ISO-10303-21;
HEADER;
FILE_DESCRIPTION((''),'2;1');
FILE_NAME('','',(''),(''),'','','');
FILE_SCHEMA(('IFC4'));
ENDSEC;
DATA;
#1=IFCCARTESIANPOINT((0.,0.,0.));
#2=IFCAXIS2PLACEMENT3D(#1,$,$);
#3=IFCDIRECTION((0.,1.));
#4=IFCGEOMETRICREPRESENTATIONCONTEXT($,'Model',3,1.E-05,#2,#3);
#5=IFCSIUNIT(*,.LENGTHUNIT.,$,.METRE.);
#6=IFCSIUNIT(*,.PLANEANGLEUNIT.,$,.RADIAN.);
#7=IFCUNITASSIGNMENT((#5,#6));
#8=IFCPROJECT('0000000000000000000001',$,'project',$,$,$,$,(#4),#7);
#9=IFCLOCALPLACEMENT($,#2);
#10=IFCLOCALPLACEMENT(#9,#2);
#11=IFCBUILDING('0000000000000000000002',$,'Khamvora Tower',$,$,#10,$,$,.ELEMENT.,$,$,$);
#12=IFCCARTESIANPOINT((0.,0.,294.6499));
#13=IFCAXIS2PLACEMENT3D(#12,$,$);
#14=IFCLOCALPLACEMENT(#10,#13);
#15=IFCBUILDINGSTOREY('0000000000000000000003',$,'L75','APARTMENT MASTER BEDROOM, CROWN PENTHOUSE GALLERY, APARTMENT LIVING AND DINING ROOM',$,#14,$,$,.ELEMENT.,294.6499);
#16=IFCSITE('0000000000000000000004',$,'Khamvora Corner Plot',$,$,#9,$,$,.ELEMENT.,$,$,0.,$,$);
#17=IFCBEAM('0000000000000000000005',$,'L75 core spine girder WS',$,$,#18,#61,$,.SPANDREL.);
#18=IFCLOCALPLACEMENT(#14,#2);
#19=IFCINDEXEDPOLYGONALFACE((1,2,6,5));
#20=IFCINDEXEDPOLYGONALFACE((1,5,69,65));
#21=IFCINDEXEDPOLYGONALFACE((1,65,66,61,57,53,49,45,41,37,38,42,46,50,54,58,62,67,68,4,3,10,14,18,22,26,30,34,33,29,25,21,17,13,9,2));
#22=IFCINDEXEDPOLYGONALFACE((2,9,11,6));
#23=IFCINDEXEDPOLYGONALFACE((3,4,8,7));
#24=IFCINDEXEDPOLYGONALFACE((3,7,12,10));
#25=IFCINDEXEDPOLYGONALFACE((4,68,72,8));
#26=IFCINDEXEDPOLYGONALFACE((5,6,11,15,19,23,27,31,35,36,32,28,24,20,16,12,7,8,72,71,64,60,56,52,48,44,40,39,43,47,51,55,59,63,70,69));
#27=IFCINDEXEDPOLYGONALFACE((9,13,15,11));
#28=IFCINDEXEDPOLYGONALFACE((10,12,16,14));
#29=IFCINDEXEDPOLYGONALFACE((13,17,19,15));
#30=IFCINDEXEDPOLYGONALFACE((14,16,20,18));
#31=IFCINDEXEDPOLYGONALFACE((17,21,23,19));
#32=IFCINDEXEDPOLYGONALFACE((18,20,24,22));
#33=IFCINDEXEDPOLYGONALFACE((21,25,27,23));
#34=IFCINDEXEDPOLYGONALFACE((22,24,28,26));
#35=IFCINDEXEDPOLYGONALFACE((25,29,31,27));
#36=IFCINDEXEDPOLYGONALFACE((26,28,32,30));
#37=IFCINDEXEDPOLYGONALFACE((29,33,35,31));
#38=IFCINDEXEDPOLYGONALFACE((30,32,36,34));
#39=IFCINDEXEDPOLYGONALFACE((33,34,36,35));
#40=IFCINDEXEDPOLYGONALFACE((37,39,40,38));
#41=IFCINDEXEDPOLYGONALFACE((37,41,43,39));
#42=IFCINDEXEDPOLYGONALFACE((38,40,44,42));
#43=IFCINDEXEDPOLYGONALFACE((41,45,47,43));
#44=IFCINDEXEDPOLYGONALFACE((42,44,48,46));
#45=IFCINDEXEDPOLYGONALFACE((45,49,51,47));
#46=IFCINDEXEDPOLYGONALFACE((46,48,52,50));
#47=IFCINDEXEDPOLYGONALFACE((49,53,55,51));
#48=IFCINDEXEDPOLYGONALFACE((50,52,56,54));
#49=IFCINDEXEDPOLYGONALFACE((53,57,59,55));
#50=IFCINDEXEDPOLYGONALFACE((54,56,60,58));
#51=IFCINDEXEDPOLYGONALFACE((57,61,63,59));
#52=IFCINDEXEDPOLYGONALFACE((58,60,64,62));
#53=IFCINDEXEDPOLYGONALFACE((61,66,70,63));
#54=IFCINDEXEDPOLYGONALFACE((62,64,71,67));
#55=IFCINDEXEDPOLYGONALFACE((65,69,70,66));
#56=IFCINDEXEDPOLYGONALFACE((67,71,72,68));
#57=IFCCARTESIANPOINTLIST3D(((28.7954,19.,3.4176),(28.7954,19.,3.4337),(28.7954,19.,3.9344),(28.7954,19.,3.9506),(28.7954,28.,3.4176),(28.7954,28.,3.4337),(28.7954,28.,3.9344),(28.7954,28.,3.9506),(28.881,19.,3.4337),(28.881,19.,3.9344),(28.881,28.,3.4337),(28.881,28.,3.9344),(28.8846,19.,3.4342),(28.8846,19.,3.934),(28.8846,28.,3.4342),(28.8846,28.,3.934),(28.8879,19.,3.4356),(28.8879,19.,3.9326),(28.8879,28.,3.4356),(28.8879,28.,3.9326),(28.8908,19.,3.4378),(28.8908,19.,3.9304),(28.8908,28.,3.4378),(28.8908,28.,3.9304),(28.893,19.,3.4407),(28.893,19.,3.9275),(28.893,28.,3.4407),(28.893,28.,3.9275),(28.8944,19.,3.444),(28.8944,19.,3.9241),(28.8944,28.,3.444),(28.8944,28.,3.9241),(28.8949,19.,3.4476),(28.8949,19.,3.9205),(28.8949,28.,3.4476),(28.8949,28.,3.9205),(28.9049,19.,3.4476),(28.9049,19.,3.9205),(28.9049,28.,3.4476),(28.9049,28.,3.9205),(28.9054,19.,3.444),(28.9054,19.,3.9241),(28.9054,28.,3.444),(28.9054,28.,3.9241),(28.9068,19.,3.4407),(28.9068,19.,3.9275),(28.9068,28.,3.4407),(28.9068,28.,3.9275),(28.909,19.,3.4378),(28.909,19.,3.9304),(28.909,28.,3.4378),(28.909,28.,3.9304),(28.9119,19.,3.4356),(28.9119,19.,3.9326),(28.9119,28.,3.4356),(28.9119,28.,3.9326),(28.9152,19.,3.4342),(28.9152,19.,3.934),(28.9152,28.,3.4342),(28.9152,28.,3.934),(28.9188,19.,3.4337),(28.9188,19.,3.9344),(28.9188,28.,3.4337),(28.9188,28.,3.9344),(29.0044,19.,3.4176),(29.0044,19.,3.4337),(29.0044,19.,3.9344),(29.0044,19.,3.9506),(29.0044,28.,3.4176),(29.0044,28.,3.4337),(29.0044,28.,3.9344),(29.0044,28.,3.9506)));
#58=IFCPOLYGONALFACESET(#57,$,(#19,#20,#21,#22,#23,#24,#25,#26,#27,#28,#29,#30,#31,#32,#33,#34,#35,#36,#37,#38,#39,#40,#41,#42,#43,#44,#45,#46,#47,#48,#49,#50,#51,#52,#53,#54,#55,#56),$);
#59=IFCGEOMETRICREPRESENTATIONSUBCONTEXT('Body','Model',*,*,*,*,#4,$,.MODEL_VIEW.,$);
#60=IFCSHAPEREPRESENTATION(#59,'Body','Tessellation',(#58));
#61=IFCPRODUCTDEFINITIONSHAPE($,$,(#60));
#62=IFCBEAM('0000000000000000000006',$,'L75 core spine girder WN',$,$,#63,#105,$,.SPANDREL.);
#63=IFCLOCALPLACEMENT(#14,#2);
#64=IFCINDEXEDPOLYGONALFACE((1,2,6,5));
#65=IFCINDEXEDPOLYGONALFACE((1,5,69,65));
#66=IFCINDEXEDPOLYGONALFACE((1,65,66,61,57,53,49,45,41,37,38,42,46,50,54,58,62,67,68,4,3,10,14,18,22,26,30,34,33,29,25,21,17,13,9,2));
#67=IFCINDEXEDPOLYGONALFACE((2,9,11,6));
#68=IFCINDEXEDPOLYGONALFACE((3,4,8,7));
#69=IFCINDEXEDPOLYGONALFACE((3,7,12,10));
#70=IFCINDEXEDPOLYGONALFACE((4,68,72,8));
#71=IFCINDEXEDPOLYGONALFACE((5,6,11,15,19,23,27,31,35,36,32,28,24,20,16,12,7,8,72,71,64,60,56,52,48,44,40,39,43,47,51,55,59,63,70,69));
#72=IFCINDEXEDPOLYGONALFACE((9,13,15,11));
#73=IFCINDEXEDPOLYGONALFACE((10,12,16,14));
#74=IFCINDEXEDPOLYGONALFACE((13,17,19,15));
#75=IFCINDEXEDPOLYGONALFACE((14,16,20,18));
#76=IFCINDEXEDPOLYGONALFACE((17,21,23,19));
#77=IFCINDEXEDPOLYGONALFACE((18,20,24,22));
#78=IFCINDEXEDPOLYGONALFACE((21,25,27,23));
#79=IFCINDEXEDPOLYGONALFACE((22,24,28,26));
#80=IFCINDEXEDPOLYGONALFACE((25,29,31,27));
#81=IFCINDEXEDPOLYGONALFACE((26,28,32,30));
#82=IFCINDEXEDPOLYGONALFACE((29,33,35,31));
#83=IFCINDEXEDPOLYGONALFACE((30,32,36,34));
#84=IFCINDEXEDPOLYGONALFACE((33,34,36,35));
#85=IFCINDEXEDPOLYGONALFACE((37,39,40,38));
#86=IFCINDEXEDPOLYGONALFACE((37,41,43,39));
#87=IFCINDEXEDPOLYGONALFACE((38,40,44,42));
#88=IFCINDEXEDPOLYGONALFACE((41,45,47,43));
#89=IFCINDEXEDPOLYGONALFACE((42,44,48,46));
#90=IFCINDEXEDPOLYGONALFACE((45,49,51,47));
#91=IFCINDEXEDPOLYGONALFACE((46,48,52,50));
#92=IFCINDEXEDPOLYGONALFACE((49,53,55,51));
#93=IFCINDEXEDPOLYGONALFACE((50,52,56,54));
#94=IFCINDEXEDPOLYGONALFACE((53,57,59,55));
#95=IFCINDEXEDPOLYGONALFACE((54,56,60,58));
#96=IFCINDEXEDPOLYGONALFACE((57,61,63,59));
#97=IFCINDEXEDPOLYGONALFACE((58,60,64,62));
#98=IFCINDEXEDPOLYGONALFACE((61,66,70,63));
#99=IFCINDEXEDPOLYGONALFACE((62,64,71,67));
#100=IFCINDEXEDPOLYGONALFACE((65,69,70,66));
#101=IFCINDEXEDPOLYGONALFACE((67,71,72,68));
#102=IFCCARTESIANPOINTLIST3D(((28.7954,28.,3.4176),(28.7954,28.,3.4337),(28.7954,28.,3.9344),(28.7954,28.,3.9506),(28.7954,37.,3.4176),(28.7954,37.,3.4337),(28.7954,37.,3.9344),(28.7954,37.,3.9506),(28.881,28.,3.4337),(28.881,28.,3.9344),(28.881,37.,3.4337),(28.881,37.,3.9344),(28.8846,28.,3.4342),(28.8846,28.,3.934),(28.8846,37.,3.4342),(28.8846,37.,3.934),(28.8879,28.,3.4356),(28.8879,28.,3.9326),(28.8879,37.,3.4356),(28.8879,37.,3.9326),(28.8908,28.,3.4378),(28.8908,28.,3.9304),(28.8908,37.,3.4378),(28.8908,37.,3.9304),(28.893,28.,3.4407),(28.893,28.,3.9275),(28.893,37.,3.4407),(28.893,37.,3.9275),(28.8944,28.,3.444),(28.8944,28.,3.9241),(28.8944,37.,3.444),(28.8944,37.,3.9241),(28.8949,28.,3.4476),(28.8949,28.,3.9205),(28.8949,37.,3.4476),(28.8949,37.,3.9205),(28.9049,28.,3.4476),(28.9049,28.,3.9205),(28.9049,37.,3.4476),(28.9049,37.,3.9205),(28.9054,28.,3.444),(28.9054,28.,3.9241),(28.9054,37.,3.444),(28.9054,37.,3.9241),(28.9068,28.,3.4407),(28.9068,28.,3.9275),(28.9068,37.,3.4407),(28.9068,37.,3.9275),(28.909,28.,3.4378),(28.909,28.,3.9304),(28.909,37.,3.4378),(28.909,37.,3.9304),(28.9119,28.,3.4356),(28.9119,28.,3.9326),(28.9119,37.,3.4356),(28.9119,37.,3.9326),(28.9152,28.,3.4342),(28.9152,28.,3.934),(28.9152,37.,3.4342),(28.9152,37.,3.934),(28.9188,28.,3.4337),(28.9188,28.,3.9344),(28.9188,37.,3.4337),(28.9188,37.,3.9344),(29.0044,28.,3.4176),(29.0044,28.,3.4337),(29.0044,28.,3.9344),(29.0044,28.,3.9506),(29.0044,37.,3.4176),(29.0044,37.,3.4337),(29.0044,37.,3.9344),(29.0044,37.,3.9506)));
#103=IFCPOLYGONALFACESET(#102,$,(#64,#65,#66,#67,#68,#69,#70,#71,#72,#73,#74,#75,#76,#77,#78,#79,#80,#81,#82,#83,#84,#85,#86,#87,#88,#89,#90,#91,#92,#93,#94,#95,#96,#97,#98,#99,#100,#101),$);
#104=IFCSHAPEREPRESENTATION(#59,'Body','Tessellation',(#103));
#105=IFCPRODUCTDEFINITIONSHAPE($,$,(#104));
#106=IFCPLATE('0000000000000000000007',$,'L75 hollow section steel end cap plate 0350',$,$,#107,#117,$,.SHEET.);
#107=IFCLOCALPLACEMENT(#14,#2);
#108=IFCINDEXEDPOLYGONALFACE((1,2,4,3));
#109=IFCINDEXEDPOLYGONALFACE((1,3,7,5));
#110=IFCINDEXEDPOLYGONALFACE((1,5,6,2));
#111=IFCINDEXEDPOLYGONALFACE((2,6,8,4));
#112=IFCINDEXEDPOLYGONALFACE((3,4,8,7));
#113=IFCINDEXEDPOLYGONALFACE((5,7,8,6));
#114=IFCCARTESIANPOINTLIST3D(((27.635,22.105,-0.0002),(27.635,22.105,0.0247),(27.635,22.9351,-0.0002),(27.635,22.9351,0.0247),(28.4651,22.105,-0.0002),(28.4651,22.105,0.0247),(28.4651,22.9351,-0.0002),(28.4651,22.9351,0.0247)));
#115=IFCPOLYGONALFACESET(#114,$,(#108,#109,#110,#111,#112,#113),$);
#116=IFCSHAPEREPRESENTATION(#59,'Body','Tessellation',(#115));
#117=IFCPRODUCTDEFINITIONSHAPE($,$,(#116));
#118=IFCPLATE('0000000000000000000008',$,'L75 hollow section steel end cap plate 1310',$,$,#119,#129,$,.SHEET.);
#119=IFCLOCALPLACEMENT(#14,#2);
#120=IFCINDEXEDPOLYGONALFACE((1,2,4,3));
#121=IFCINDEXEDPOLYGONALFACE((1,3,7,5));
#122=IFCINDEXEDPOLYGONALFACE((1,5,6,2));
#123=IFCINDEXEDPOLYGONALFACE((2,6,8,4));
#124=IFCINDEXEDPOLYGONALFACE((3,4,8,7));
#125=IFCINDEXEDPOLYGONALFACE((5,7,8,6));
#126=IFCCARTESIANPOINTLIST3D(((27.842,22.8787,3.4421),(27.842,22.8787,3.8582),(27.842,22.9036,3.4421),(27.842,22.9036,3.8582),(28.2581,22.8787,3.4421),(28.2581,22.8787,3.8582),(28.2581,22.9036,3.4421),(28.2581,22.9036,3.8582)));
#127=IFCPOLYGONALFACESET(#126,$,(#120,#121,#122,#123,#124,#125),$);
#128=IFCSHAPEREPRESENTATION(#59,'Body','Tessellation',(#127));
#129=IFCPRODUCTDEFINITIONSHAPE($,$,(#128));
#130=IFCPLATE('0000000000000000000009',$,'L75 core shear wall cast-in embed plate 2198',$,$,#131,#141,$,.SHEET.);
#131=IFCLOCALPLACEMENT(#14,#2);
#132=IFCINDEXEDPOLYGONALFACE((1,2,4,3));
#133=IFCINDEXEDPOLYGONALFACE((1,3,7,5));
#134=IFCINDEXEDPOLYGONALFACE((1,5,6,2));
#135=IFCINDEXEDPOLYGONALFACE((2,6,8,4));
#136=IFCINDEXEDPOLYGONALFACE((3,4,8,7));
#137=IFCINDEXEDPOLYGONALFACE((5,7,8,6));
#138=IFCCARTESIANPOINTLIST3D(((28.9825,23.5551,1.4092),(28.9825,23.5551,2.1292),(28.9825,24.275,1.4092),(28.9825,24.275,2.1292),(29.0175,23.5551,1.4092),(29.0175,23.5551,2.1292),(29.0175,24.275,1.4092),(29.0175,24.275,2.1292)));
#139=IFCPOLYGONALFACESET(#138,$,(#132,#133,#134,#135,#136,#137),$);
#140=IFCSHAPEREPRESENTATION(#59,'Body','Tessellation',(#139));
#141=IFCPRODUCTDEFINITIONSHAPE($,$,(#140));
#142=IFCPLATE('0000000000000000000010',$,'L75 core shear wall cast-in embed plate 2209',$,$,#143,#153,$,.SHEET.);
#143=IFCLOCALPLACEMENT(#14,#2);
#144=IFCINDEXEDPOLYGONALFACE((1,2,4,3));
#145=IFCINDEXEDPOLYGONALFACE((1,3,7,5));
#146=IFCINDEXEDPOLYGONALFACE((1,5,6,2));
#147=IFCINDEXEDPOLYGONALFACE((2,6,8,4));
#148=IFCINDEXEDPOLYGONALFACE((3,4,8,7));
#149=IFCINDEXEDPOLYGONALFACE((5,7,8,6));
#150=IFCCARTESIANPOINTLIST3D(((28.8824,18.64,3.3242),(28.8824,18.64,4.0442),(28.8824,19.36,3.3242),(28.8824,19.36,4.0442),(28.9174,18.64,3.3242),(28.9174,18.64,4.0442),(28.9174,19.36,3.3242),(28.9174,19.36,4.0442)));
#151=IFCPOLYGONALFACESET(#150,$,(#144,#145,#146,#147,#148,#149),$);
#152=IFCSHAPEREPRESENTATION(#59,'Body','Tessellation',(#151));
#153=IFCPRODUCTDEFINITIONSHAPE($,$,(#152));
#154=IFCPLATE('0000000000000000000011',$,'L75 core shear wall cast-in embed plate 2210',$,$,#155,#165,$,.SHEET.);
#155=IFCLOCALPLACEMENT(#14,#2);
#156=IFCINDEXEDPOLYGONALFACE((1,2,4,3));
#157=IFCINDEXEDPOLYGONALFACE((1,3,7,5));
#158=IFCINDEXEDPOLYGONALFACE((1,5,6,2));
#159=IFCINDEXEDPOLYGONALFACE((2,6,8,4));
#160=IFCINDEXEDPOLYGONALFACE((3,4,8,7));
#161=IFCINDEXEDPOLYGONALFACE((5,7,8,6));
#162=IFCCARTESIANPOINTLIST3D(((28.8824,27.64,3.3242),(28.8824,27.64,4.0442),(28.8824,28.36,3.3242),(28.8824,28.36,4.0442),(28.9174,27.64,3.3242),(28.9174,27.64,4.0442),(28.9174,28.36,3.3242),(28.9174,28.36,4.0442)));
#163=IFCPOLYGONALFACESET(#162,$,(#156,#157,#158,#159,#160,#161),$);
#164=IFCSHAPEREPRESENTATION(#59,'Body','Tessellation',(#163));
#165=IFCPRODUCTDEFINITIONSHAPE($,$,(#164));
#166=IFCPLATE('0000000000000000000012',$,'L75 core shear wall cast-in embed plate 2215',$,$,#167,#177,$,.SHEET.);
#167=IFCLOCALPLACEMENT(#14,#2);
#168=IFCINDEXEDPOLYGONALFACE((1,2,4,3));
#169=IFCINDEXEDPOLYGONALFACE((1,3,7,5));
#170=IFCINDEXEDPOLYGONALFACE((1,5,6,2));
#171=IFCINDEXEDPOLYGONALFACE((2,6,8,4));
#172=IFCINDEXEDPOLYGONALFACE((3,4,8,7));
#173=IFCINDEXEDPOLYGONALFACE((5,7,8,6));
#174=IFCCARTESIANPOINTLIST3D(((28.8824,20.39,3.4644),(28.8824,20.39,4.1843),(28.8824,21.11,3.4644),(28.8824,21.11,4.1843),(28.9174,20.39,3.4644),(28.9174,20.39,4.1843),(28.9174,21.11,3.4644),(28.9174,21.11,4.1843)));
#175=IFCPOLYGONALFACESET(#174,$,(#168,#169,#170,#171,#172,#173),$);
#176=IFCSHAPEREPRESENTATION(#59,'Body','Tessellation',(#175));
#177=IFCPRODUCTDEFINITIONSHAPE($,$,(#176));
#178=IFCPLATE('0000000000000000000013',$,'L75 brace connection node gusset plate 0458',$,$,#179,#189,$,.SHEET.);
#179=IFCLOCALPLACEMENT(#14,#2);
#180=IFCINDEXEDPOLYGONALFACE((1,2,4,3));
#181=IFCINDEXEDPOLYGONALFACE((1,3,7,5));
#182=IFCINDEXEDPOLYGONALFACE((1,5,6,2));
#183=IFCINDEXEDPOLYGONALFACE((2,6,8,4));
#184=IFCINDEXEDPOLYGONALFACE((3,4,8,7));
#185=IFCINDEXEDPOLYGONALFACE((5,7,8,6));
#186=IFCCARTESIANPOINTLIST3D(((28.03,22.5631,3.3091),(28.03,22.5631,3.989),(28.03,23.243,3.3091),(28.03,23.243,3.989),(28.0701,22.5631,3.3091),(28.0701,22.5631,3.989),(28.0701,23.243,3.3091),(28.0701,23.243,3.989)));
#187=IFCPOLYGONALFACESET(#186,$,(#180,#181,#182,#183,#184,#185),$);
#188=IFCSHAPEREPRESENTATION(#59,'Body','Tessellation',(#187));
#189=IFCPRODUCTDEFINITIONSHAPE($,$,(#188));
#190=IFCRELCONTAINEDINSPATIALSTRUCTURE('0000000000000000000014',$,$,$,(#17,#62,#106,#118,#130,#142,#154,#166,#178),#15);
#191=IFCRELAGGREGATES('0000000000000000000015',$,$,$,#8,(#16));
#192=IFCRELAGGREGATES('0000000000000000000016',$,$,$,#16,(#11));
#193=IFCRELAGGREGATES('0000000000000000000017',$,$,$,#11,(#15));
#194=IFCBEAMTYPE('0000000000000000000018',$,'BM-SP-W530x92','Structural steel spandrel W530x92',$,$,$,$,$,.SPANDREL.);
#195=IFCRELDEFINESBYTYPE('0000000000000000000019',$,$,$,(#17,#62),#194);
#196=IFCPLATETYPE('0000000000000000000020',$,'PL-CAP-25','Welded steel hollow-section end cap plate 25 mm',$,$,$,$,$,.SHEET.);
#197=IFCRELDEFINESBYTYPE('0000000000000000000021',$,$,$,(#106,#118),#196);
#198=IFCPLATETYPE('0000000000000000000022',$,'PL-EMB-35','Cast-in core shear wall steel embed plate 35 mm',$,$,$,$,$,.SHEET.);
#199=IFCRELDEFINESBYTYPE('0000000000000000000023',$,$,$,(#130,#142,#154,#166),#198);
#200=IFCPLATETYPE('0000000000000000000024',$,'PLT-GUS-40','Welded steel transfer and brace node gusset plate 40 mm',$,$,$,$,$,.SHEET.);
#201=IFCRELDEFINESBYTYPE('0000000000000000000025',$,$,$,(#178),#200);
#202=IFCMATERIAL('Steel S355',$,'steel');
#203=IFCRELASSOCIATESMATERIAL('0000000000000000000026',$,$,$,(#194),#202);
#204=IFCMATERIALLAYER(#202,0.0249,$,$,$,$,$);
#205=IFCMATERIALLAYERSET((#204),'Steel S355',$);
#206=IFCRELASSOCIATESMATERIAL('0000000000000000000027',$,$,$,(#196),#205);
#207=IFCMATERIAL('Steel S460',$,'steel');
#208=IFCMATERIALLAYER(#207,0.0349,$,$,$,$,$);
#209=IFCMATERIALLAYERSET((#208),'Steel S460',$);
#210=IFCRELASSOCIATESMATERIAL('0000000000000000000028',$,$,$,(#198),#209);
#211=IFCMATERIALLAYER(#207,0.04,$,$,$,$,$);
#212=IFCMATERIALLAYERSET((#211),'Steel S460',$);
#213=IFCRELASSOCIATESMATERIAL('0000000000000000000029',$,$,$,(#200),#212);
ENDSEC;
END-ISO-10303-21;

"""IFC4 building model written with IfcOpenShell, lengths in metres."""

from ifc_helpers import new_model, si_unit, direction, frame, origin, origin_2d, place, context, subcontext, project, spatial, rectangle, i_section, extrude, material, layer, layer_set, material_profile, profile_set, type_object, element, save


model = new_model("IFC4")

# Units and contexts
model_context = context("Model", 3, precision=1e-05, world=origin(), true_north=direction((0.0, 1.0)))
body_context = subcontext(model_context, "Body", "Model", "MODEL_VIEW")
ifc_project = project(units=[si_unit("LENGTHUNIT", "METRE"), si_unit("PLANEANGLEUNIT", "RADIAN")], contexts=[model_context])

# Site, building, storey
site_placement = place(None, origin())
site = spatial("IfcSite", under=ifc_project, at=site_placement, Name="Khamvora Corner Plot", CompositionType="ELEMENT", RefElevation=0.0)
building_placement = place(site_placement, origin())
building = spatial("IfcBuilding", under=site, at=building_placement, Name="Khamvora Tower", CompositionType="ELEMENT")
storey_placement = place(building_placement, frame((0.0, 0.0, 294.6499)))
storey = spatial("IfcBuildingStorey", under=building, at=storey_placement, Name="L75", Description="APARTMENT MASTER BEDROOM, CROWN PENTHOUSE GALLERY, APARTMENT LIVING AND DINING ROOM", CompositionType="ELEMENT", Elevation=294.6499)

# Shared definitions
ifc_material_1 = material(Name="Steel S355", Category="steel")

# Beams
ifc_material_profile_1 = material_profile(ifc_material_1, i_section(OverallWidth=0.209, OverallDepth=0.533, WebThickness=0.01, FlangeThickness=0.0161, FilletRadius=0.0139, at=origin_2d()), Name="W530x92")
ifc_profile_set_1 = profile_set([ifc_material_profile_1], Name="Steel S355")
beam_type_1 = type_object("IfcBeamType", Name="BM-SP-W530x92", Description="Structural steel spandrel W530x92", PredefinedType="SPANDREL", material=ifc_profile_set_1)
for number, where, z_axis, x_axis, name in (
    (1, (28.8999, 19.0, 3.6841), (0.0, 1.0, 0.0), (-1.0, 0.0, 0.0), "L75 core spine girder WS"),
    (2, (28.8999, 28.0, 3.6841), (0.0, 1.0, 0.0), (-1.0, 0.0, 0.0), "L75 core spine girder WN"),
):
    element("IfcBeam", number, at=place(storey_placement, frame(where, z_axis=z_axis, x_axis=x_axis)), inside=storey, type_object=beam_type_1, Name=name, PredefinedType="SPANDREL", context=body_context, shape_type="SweptSolid", body=[
        extrude(i_section(OverallWidth=0.209, OverallDepth=0.533, WebThickness=0.01, FlangeThickness=0.0161, FilletRadius=0.0139, at=origin_2d()), origin(), (0.0, 0.0, 1.0), 9.0),
    ])

# Plates
ifc_layer_1 = layer(ifc_material_1, 0.0249)
ifc_layer_set_1 = layer_set([ifc_layer_1], Name="Steel S355")
plate_type_1 = type_object("IfcPlateType", Name="PL-CAP-25", Description="Welded steel hollow-section end cap plate 25 mm", PredefinedType="SHEET", material=ifc_layer_set_1)
plate_1_placement = place(storey_placement, frame((28.05, 22.52, -0.0002), z_axis=(0.0, 0.0, 1.0), x_axis=(1.0, 0.0, 0.0)))
element("IfcPlate", 3, at=plate_1_placement, inside=storey, type_object=plate_type_1, Name="L75 hollow section steel end cap plate 0350", PredefinedType="SHEET", context=body_context, shape_type="SweptSolid", body=[
    extrude(rectangle(XDim=0.8301, YDim=0.8301, at=origin_2d()), origin(), (0.0, 0.0, 1.0), 0.0249),
])
plate_2_placement = place(storey_placement, frame((28.05, 22.8911, 3.4421), z_axis=(0.0, 0.0, 1.0), x_axis=(0.0, -1.0, 0.0)))
element("IfcPlate", 4, at=plate_2_placement, inside=storey, type_object=plate_type_1, Name="L75 hollow section steel end cap plate 1310", PredefinedType="SHEET", context=body_context, shape_type="SweptSolid", body=[
    extrude(rectangle(XDim=0.0249, YDim=0.416, at=origin_2d()), origin(), (0.0, 0.0, 1.0), 0.416),
])
ifc_material_2 = material(Name="Steel S460", Category="steel")
ifc_layer_2 = layer(ifc_material_2, 0.0349)
ifc_layer_set_2 = layer_set([ifc_layer_2], Name="Steel S460")
plate_type_2 = type_object("IfcPlateType", Name="PL-EMB-35", Description="Cast-in core shear wall steel embed plate 35 mm", PredefinedType="SHEET", material=ifc_layer_set_2)
for number, where, z_axis, x_axis, name in (
    (5, (29.0, 23.915, 1.4092), (0.0, 0.0, 1.0), (1.0, 0.0, 0.0), "L75 core shear wall cast-in embed plate 2198"),
    (6, (28.8999, 19.0, 3.3242), (0.0, 0.0, 1.0), (1.0, 0.0, 0.0), "L75 core shear wall cast-in embed plate 2209"),
    (7, (28.8999, 28.0, 3.3242), (0.0, 0.0, 1.0), (1.0, 0.0, 0.0), "L75 core shear wall cast-in embed plate 2210"),
    (8, (28.8999, 20.75, 3.4644), (0.0, 0.0, 1.0), (1.0, 0.0, 0.0), "L75 core shear wall cast-in embed plate 2215"),
):
    element("IfcPlate", number, at=place(storey_placement, frame(where, z_axis=z_axis, x_axis=x_axis)), inside=storey, type_object=plate_type_2, Name=name, PredefinedType="SHEET", context=body_context, shape_type="SweptSolid", body=[
        extrude(rectangle(XDim=0.0349, YDim=0.72, at=origin_2d()), origin(), (0.0, 0.0, 1.0), 0.72),
    ])
ifc_layer_3 = layer(ifc_material_2, 0.04)
ifc_layer_set_3 = layer_set([ifc_layer_3], Name="Steel S460")
plate_type_3 = type_object("IfcPlateType", Name="PLT-GUS-40", Description="Welded steel transfer and brace node gusset plate 40 mm", PredefinedType="SHEET", material=ifc_layer_set_3)
plate_3_placement = place(storey_placement, frame((28.05, 22.9031, 3.3091), z_axis=(0.0, 0.0, 1.0), x_axis=(0.0, 1.0, 0.0)))
element("IfcPlate", 9, at=plate_3_placement, inside=storey, type_object=plate_type_3, Name="L75 brace connection node gusset plate 0458", PredefinedType="SHEET", context=body_context, shape_type="SweptSolid", body=[
    extrude(rectangle(XDim=0.6799, YDim=0.04, at=origin_2d()), origin(), (0.0, 0.0, 1.0), 0.6799),
])

save(model, "model.ifc")
